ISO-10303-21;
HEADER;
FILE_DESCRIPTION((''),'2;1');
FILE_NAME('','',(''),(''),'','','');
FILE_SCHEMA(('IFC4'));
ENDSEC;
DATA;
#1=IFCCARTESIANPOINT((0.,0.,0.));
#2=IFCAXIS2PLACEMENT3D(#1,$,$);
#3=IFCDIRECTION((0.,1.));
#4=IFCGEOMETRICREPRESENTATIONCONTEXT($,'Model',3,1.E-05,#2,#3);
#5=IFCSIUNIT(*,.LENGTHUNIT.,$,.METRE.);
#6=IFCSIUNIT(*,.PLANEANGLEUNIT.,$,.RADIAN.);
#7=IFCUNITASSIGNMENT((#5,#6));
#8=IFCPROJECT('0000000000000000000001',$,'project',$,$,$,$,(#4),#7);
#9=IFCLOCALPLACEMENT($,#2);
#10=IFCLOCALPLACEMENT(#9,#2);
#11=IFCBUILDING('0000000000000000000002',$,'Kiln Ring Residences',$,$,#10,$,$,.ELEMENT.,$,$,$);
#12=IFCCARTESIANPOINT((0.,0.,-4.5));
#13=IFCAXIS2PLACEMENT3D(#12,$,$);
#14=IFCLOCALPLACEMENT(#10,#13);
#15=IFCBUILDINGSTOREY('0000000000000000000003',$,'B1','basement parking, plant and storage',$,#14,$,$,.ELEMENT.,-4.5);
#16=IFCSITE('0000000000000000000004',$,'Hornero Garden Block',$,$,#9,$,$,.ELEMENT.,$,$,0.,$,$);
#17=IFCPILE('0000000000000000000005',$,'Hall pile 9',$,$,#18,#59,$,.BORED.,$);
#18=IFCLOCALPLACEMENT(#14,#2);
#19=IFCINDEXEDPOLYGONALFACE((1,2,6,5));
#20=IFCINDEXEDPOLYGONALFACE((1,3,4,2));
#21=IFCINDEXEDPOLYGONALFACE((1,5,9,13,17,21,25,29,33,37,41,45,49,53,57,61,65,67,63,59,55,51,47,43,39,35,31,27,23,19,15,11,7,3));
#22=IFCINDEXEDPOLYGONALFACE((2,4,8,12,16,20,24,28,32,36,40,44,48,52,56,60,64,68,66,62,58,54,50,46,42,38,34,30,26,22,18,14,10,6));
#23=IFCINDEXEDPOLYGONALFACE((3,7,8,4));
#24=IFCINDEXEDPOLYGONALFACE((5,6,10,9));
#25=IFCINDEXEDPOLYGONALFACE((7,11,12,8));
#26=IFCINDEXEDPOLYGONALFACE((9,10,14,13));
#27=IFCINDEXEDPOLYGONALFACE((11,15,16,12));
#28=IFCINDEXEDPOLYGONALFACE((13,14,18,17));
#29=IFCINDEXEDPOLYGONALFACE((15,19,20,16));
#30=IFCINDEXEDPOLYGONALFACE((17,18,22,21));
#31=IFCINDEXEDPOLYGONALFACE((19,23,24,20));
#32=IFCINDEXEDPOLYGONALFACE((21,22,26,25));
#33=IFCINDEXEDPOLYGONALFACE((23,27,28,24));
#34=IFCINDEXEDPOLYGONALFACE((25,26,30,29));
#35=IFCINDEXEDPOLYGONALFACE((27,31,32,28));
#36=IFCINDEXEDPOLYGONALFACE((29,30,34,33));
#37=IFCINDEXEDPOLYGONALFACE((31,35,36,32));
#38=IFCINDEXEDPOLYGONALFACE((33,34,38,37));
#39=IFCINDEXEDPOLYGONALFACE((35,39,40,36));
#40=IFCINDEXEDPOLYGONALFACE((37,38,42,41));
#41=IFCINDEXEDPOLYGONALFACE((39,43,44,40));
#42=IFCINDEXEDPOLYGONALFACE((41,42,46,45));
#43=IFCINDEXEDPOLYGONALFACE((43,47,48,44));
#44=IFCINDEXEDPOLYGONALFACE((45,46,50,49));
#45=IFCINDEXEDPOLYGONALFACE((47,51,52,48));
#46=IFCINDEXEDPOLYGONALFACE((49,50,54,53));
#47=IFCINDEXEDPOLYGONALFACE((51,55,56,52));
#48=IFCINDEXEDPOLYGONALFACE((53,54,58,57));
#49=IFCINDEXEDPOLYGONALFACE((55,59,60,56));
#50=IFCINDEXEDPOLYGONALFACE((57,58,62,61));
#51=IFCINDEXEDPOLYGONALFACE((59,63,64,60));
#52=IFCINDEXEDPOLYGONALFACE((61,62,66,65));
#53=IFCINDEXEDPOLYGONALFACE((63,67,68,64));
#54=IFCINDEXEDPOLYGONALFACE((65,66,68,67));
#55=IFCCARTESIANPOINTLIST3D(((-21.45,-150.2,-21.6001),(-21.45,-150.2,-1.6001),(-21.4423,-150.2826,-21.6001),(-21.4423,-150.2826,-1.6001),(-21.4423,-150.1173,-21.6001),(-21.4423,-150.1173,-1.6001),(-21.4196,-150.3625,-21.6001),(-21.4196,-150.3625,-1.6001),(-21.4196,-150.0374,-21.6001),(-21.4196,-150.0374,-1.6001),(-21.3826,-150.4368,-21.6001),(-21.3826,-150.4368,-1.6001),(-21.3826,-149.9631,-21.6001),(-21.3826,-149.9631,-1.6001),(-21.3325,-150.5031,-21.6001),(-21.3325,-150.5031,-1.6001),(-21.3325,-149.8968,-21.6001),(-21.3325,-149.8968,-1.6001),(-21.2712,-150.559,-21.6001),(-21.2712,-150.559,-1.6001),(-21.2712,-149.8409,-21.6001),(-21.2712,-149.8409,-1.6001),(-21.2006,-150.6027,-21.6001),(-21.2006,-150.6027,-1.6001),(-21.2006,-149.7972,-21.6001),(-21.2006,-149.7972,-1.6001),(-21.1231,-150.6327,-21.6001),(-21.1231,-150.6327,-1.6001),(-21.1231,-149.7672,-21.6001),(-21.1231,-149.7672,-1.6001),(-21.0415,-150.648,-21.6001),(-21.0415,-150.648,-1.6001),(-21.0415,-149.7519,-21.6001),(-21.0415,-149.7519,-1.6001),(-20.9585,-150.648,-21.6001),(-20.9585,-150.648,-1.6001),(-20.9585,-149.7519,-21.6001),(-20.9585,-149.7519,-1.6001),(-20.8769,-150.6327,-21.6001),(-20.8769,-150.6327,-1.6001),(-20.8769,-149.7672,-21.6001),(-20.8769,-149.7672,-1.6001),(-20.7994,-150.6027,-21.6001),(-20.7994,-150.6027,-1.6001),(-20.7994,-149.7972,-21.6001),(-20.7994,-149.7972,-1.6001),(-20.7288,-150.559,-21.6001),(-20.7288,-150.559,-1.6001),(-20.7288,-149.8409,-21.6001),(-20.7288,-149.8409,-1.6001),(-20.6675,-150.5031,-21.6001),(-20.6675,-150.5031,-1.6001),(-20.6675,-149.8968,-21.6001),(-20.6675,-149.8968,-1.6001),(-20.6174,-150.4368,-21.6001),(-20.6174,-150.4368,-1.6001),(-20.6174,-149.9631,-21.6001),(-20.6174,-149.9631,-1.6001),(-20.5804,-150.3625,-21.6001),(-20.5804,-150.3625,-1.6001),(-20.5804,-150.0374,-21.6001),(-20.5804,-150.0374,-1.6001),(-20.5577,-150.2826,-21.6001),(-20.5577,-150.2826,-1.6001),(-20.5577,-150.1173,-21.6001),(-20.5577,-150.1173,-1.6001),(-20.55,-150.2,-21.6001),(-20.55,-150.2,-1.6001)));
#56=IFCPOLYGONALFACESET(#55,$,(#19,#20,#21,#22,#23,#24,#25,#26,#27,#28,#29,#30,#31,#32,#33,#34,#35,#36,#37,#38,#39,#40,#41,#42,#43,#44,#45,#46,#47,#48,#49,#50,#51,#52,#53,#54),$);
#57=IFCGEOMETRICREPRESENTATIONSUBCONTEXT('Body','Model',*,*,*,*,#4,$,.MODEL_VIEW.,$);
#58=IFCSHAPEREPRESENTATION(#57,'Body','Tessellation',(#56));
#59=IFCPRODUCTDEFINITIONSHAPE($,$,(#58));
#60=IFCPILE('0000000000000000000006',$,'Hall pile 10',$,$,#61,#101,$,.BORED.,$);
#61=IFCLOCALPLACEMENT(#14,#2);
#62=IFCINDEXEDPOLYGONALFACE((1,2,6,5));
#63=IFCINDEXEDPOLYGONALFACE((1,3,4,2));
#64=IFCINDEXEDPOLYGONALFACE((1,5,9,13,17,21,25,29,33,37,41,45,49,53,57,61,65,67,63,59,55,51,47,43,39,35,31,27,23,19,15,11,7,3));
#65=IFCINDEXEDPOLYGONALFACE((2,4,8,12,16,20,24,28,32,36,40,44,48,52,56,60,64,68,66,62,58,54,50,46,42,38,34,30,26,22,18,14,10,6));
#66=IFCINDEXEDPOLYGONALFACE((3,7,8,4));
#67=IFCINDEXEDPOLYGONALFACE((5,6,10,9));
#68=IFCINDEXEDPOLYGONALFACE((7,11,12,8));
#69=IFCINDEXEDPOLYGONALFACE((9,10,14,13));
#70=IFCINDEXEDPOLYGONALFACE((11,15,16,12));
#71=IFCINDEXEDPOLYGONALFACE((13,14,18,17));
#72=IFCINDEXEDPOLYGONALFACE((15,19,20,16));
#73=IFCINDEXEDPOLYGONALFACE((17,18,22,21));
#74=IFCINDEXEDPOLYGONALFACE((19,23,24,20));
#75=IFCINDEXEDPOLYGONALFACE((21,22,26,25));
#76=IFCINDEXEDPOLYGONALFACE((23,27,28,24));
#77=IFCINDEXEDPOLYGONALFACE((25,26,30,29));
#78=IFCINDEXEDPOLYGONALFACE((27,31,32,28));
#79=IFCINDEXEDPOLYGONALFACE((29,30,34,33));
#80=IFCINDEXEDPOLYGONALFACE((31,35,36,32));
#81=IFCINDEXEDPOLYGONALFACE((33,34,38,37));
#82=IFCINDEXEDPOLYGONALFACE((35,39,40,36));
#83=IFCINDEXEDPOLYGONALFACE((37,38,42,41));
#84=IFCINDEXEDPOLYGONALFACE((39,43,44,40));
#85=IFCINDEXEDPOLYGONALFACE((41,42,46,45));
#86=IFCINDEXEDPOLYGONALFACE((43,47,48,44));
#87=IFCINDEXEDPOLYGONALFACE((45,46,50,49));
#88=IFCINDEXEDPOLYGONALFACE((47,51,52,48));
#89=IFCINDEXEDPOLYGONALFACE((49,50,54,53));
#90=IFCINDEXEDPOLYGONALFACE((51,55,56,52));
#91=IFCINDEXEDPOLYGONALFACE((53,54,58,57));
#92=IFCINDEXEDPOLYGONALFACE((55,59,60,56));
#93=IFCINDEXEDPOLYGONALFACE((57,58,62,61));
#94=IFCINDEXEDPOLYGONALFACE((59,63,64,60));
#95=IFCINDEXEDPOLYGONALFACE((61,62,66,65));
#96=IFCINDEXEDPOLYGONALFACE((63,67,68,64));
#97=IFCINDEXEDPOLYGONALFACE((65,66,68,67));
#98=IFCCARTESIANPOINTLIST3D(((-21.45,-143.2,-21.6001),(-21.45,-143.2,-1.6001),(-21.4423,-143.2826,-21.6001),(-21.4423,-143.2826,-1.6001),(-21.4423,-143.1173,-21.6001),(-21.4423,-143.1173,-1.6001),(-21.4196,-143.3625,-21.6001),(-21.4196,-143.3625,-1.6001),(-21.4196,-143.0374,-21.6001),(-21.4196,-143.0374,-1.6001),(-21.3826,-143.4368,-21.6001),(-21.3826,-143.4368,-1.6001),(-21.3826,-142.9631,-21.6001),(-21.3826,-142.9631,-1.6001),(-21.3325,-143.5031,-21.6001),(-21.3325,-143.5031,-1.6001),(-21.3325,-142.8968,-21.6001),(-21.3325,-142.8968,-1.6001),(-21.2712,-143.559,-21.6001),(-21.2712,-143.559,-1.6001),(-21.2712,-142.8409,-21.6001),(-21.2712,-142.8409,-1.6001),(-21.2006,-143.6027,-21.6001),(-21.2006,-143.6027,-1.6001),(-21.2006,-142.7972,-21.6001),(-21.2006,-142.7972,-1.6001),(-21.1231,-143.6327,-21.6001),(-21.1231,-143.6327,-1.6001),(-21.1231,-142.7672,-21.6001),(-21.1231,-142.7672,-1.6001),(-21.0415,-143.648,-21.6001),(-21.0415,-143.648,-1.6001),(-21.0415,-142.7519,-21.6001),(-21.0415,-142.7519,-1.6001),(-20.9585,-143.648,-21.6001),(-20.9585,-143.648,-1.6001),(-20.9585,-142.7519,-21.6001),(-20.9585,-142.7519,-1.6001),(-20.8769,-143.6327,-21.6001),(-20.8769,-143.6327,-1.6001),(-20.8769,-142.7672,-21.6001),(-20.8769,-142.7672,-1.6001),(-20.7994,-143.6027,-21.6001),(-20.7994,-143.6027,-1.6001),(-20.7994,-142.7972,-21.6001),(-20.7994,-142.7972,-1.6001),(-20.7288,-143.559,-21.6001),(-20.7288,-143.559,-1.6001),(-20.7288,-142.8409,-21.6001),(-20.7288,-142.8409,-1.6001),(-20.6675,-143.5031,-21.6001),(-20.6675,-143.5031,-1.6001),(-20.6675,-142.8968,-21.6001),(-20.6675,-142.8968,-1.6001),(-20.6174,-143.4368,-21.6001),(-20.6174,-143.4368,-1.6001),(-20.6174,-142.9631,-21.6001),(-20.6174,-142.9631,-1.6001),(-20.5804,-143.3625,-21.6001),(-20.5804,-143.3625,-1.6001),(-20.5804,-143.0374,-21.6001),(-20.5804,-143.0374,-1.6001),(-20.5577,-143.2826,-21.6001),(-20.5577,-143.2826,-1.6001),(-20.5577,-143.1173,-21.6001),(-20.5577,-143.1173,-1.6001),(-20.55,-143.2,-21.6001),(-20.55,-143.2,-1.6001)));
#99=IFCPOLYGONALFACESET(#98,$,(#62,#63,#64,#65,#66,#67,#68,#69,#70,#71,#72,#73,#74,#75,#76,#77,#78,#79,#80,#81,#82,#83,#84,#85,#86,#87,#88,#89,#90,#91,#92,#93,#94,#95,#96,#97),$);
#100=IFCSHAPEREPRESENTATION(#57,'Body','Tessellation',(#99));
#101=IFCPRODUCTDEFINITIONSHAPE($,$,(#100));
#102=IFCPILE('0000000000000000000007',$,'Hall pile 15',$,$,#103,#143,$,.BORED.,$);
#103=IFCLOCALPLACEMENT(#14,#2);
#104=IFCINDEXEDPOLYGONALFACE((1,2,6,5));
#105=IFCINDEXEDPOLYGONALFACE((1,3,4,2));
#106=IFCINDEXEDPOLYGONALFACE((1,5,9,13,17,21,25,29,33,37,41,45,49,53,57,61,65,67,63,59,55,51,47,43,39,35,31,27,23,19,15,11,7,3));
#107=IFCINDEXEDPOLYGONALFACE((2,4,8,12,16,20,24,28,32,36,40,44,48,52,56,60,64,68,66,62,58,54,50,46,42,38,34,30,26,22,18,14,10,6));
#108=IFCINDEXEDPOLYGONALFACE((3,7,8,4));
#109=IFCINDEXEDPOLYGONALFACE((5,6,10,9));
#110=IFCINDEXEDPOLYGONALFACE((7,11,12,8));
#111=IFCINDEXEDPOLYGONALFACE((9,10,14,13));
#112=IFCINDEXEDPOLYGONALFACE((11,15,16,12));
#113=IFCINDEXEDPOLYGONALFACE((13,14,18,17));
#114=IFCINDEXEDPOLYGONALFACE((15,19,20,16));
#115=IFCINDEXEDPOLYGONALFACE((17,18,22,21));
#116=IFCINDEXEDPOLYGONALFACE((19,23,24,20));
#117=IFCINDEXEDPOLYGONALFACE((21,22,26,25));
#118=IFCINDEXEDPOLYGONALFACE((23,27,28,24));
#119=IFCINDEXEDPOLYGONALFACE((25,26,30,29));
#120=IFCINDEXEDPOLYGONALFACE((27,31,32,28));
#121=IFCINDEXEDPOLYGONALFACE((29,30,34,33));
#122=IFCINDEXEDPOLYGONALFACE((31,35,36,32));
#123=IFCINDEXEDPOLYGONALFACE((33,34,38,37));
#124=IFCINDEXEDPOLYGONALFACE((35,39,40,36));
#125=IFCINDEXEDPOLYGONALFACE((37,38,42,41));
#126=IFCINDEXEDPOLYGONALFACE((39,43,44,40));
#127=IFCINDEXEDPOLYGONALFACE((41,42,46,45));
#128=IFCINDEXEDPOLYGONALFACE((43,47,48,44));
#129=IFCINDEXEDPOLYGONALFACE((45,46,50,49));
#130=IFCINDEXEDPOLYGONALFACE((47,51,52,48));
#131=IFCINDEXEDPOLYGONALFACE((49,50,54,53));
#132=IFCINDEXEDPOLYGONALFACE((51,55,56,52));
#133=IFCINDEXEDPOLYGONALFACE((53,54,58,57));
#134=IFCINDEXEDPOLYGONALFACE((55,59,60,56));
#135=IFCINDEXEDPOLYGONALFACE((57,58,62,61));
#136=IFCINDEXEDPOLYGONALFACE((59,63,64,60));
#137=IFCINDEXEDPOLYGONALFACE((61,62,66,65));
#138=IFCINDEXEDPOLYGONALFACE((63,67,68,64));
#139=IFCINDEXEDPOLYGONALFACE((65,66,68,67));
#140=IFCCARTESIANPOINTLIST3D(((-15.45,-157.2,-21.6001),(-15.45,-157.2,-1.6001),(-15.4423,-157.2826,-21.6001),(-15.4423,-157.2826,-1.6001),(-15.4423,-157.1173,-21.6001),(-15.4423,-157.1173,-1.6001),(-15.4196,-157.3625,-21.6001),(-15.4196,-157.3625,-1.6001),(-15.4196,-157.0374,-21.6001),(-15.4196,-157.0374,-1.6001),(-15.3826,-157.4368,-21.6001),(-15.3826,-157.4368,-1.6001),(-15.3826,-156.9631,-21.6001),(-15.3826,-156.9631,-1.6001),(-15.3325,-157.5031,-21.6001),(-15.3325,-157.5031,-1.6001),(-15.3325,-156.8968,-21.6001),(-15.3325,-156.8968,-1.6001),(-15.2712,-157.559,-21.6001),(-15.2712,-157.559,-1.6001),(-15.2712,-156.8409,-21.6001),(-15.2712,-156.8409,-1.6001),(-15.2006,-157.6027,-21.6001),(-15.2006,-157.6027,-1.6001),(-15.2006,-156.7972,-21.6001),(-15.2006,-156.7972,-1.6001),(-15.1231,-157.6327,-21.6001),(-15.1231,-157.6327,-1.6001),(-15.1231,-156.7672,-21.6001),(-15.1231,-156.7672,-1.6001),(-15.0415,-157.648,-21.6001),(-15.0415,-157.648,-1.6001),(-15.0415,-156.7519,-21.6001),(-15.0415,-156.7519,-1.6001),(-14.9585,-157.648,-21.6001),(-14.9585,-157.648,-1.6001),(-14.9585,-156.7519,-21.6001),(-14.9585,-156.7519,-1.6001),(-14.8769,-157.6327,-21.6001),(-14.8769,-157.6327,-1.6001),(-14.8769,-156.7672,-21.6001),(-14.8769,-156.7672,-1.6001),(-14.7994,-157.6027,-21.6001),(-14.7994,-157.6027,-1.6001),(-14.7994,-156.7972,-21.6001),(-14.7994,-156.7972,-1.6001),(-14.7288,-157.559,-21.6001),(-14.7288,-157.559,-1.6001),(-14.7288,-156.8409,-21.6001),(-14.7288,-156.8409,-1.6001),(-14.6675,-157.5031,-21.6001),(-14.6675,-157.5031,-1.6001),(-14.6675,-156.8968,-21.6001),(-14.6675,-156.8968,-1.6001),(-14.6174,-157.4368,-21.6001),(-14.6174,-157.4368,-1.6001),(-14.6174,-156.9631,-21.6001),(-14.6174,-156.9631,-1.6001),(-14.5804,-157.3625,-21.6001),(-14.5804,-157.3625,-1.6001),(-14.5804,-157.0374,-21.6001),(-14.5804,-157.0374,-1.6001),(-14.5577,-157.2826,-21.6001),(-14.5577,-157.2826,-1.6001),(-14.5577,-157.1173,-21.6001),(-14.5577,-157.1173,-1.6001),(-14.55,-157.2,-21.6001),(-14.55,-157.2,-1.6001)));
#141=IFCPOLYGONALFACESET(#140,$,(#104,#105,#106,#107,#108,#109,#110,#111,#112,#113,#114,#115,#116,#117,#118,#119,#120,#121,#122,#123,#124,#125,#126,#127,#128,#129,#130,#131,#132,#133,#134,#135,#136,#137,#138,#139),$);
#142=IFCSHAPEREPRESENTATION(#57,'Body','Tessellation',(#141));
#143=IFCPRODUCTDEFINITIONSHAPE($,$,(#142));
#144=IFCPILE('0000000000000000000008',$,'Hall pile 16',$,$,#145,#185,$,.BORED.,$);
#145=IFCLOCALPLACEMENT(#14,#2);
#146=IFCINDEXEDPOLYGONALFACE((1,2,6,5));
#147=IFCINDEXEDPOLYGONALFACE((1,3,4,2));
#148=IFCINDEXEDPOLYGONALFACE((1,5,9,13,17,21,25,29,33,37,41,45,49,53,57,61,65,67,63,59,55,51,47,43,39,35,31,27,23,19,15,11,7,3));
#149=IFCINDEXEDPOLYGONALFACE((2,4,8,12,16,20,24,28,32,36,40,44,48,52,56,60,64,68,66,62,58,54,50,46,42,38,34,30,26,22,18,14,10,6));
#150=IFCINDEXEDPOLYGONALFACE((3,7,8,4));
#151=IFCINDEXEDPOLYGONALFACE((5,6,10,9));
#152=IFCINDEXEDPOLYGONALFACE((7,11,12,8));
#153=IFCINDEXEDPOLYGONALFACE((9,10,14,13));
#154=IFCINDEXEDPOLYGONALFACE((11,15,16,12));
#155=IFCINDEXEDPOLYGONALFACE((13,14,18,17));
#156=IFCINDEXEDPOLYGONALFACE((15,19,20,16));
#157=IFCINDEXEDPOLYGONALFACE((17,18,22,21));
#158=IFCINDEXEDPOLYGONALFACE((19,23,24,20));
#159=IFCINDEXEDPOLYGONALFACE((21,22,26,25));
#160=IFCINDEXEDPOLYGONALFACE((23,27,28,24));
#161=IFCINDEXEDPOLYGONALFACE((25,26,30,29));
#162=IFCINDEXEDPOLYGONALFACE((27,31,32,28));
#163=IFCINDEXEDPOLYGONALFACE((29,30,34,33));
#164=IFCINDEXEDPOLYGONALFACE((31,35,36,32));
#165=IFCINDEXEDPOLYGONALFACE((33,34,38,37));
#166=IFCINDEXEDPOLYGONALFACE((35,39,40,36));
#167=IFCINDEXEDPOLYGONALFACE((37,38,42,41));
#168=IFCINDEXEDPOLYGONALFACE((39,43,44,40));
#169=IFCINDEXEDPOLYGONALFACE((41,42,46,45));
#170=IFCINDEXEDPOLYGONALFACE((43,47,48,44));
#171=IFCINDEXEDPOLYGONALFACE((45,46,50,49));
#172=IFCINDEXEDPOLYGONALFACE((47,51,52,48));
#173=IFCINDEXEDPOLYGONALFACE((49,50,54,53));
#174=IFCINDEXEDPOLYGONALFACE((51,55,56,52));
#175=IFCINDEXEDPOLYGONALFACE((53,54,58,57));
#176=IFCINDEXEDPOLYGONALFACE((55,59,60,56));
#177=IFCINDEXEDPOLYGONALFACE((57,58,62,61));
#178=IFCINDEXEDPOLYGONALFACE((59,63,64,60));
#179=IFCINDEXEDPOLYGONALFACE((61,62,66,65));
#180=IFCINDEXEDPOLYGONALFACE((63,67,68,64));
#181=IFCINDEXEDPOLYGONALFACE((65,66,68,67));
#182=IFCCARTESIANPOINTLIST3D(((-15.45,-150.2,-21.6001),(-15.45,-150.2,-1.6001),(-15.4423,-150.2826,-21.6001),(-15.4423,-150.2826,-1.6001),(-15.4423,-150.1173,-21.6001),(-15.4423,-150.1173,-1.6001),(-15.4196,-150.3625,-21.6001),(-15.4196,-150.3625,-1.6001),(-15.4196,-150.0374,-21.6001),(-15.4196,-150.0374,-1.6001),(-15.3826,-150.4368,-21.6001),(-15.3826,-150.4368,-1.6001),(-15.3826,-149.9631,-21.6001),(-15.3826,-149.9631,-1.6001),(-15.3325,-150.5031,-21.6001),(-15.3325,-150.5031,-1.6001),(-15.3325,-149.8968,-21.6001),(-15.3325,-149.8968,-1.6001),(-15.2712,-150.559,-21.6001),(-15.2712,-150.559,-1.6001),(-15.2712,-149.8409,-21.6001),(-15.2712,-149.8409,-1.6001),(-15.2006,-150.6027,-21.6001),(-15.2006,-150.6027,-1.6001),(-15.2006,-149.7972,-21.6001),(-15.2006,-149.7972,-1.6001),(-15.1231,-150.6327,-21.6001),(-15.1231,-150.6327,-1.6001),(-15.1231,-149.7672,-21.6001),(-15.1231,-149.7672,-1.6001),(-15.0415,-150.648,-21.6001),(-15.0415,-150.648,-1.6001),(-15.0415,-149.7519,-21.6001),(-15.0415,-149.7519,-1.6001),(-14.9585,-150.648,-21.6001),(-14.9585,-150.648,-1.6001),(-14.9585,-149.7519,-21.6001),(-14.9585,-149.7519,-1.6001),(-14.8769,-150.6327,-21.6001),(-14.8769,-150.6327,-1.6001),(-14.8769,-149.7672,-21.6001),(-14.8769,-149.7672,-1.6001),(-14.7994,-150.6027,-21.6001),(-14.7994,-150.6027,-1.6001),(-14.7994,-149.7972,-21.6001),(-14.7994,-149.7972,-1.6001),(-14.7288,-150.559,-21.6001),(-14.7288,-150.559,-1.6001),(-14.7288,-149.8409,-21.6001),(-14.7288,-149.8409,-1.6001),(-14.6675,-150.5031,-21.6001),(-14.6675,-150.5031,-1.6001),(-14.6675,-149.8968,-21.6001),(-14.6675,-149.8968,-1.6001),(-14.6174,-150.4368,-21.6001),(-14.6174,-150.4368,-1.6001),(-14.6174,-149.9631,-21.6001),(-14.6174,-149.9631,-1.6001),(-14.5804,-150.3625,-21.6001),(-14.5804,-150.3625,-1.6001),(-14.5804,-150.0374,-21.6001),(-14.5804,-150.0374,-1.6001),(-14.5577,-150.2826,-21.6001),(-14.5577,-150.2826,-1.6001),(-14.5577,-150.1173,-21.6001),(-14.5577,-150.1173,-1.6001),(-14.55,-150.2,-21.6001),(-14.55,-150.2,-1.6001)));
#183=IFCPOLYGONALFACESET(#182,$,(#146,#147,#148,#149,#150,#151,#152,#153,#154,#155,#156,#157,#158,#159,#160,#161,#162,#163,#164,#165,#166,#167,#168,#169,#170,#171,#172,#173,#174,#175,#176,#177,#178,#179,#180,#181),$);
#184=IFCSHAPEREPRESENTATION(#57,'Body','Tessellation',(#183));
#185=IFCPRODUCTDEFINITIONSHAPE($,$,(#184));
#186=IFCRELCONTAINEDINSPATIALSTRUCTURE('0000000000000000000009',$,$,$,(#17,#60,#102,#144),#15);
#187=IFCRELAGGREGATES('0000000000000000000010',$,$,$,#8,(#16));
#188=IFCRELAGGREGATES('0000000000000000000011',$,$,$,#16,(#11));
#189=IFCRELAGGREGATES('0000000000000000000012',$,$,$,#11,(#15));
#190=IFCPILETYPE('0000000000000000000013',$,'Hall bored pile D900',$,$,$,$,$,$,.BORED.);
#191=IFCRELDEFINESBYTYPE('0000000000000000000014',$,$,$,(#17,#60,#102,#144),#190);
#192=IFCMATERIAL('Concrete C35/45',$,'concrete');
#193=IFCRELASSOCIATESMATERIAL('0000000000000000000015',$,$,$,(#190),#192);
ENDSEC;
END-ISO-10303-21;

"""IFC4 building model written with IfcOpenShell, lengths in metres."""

from ifc_helpers import new_model, si_unit, direction, frame, origin, origin_2d, place, context, subcontext, project, spatial, circle, extrude, material, material_profile, profile_set, type_object, element, save


model = new_model("IFC4")

# Units and contexts
model_context = context("Model", 3, precision=1e-05, world=origin(), true_north=direction((0.0, 1.0)))
body_context = subcontext(model_context, "Body", "Model", "MODEL_VIEW")
ifc_project = project(units=[si_unit("LENGTHUNIT", "METRE"), si_unit("PLANEANGLEUNIT", "RADIAN")], contexts=[model_context])

# Site, building, storey
site_placement = place(None, origin())
site = spatial("IfcSite", under=ifc_project, at=site_placement, Name="Hornero Garden Block", CompositionType="ELEMENT", RefElevation=0.0)
building_placement = place(site_placement, origin())
building = spatial("IfcBuilding", under=site, at=building_placement, Name="Kiln Ring Residences", CompositionType="ELEMENT")
storey_placement = place(building_placement, frame((0.0, 0.0, -4.5)))
storey = spatial("IfcBuildingStorey", under=building, at=storey_placement, Name="B1", Description="basement parking, plant and storage", CompositionType="ELEMENT", Elevation=-4.5)

# Piles
ifc_material_1 = material(Name="Concrete C35/45", Category="concrete")
ifc_material_profile_1 = material_profile(ifc_material_1, circle(Radius=0.45, at=origin_2d()), Name="Hall bored pile D900")
ifc_profile_set_1 = profile_set([ifc_material_profile_1], Name="Concrete C35/45")
pile_type = type_object("IfcPileType", Name="Hall bored pile D900", PredefinedType="BORED", material=ifc_profile_set_1)
for number, where, z_axis, x_axis, name in (
    (1, (-21.0, -150.2, -1.6001), (0.0, 0.0, -1.0), (1.0, 0.0, 0.0), "Hall pile 9"),
    (2, (-21.0, -143.2, -1.6001), (0.0, 0.0, -1.0), (1.0, 0.0, 0.0), "Hall pile 10"),
    (3, (-15.0, -157.2, -1.6001), (0.0, 0.0, -1.0), (1.0, 0.0, 0.0), "Hall pile 15"),
    (4, (-15.0, -150.2, -1.6001), (0.0, 0.0, -1.0), (1.0, 0.0, 0.0), "Hall pile 16"),
):
    element("IfcPile", number, at=place(storey_placement, frame(where, z_axis=z_axis, x_axis=x_axis)), inside=storey, type_object=pile_type, Name=name, PredefinedType="BORED", context=body_context, shape_type="SweptSolid", body=[
        extrude(circle(Radius=0.45, at=origin_2d()), origin(), (0.0, 0.0, 1.0), 20.0),
    ])

save(model, "model.ifc")
